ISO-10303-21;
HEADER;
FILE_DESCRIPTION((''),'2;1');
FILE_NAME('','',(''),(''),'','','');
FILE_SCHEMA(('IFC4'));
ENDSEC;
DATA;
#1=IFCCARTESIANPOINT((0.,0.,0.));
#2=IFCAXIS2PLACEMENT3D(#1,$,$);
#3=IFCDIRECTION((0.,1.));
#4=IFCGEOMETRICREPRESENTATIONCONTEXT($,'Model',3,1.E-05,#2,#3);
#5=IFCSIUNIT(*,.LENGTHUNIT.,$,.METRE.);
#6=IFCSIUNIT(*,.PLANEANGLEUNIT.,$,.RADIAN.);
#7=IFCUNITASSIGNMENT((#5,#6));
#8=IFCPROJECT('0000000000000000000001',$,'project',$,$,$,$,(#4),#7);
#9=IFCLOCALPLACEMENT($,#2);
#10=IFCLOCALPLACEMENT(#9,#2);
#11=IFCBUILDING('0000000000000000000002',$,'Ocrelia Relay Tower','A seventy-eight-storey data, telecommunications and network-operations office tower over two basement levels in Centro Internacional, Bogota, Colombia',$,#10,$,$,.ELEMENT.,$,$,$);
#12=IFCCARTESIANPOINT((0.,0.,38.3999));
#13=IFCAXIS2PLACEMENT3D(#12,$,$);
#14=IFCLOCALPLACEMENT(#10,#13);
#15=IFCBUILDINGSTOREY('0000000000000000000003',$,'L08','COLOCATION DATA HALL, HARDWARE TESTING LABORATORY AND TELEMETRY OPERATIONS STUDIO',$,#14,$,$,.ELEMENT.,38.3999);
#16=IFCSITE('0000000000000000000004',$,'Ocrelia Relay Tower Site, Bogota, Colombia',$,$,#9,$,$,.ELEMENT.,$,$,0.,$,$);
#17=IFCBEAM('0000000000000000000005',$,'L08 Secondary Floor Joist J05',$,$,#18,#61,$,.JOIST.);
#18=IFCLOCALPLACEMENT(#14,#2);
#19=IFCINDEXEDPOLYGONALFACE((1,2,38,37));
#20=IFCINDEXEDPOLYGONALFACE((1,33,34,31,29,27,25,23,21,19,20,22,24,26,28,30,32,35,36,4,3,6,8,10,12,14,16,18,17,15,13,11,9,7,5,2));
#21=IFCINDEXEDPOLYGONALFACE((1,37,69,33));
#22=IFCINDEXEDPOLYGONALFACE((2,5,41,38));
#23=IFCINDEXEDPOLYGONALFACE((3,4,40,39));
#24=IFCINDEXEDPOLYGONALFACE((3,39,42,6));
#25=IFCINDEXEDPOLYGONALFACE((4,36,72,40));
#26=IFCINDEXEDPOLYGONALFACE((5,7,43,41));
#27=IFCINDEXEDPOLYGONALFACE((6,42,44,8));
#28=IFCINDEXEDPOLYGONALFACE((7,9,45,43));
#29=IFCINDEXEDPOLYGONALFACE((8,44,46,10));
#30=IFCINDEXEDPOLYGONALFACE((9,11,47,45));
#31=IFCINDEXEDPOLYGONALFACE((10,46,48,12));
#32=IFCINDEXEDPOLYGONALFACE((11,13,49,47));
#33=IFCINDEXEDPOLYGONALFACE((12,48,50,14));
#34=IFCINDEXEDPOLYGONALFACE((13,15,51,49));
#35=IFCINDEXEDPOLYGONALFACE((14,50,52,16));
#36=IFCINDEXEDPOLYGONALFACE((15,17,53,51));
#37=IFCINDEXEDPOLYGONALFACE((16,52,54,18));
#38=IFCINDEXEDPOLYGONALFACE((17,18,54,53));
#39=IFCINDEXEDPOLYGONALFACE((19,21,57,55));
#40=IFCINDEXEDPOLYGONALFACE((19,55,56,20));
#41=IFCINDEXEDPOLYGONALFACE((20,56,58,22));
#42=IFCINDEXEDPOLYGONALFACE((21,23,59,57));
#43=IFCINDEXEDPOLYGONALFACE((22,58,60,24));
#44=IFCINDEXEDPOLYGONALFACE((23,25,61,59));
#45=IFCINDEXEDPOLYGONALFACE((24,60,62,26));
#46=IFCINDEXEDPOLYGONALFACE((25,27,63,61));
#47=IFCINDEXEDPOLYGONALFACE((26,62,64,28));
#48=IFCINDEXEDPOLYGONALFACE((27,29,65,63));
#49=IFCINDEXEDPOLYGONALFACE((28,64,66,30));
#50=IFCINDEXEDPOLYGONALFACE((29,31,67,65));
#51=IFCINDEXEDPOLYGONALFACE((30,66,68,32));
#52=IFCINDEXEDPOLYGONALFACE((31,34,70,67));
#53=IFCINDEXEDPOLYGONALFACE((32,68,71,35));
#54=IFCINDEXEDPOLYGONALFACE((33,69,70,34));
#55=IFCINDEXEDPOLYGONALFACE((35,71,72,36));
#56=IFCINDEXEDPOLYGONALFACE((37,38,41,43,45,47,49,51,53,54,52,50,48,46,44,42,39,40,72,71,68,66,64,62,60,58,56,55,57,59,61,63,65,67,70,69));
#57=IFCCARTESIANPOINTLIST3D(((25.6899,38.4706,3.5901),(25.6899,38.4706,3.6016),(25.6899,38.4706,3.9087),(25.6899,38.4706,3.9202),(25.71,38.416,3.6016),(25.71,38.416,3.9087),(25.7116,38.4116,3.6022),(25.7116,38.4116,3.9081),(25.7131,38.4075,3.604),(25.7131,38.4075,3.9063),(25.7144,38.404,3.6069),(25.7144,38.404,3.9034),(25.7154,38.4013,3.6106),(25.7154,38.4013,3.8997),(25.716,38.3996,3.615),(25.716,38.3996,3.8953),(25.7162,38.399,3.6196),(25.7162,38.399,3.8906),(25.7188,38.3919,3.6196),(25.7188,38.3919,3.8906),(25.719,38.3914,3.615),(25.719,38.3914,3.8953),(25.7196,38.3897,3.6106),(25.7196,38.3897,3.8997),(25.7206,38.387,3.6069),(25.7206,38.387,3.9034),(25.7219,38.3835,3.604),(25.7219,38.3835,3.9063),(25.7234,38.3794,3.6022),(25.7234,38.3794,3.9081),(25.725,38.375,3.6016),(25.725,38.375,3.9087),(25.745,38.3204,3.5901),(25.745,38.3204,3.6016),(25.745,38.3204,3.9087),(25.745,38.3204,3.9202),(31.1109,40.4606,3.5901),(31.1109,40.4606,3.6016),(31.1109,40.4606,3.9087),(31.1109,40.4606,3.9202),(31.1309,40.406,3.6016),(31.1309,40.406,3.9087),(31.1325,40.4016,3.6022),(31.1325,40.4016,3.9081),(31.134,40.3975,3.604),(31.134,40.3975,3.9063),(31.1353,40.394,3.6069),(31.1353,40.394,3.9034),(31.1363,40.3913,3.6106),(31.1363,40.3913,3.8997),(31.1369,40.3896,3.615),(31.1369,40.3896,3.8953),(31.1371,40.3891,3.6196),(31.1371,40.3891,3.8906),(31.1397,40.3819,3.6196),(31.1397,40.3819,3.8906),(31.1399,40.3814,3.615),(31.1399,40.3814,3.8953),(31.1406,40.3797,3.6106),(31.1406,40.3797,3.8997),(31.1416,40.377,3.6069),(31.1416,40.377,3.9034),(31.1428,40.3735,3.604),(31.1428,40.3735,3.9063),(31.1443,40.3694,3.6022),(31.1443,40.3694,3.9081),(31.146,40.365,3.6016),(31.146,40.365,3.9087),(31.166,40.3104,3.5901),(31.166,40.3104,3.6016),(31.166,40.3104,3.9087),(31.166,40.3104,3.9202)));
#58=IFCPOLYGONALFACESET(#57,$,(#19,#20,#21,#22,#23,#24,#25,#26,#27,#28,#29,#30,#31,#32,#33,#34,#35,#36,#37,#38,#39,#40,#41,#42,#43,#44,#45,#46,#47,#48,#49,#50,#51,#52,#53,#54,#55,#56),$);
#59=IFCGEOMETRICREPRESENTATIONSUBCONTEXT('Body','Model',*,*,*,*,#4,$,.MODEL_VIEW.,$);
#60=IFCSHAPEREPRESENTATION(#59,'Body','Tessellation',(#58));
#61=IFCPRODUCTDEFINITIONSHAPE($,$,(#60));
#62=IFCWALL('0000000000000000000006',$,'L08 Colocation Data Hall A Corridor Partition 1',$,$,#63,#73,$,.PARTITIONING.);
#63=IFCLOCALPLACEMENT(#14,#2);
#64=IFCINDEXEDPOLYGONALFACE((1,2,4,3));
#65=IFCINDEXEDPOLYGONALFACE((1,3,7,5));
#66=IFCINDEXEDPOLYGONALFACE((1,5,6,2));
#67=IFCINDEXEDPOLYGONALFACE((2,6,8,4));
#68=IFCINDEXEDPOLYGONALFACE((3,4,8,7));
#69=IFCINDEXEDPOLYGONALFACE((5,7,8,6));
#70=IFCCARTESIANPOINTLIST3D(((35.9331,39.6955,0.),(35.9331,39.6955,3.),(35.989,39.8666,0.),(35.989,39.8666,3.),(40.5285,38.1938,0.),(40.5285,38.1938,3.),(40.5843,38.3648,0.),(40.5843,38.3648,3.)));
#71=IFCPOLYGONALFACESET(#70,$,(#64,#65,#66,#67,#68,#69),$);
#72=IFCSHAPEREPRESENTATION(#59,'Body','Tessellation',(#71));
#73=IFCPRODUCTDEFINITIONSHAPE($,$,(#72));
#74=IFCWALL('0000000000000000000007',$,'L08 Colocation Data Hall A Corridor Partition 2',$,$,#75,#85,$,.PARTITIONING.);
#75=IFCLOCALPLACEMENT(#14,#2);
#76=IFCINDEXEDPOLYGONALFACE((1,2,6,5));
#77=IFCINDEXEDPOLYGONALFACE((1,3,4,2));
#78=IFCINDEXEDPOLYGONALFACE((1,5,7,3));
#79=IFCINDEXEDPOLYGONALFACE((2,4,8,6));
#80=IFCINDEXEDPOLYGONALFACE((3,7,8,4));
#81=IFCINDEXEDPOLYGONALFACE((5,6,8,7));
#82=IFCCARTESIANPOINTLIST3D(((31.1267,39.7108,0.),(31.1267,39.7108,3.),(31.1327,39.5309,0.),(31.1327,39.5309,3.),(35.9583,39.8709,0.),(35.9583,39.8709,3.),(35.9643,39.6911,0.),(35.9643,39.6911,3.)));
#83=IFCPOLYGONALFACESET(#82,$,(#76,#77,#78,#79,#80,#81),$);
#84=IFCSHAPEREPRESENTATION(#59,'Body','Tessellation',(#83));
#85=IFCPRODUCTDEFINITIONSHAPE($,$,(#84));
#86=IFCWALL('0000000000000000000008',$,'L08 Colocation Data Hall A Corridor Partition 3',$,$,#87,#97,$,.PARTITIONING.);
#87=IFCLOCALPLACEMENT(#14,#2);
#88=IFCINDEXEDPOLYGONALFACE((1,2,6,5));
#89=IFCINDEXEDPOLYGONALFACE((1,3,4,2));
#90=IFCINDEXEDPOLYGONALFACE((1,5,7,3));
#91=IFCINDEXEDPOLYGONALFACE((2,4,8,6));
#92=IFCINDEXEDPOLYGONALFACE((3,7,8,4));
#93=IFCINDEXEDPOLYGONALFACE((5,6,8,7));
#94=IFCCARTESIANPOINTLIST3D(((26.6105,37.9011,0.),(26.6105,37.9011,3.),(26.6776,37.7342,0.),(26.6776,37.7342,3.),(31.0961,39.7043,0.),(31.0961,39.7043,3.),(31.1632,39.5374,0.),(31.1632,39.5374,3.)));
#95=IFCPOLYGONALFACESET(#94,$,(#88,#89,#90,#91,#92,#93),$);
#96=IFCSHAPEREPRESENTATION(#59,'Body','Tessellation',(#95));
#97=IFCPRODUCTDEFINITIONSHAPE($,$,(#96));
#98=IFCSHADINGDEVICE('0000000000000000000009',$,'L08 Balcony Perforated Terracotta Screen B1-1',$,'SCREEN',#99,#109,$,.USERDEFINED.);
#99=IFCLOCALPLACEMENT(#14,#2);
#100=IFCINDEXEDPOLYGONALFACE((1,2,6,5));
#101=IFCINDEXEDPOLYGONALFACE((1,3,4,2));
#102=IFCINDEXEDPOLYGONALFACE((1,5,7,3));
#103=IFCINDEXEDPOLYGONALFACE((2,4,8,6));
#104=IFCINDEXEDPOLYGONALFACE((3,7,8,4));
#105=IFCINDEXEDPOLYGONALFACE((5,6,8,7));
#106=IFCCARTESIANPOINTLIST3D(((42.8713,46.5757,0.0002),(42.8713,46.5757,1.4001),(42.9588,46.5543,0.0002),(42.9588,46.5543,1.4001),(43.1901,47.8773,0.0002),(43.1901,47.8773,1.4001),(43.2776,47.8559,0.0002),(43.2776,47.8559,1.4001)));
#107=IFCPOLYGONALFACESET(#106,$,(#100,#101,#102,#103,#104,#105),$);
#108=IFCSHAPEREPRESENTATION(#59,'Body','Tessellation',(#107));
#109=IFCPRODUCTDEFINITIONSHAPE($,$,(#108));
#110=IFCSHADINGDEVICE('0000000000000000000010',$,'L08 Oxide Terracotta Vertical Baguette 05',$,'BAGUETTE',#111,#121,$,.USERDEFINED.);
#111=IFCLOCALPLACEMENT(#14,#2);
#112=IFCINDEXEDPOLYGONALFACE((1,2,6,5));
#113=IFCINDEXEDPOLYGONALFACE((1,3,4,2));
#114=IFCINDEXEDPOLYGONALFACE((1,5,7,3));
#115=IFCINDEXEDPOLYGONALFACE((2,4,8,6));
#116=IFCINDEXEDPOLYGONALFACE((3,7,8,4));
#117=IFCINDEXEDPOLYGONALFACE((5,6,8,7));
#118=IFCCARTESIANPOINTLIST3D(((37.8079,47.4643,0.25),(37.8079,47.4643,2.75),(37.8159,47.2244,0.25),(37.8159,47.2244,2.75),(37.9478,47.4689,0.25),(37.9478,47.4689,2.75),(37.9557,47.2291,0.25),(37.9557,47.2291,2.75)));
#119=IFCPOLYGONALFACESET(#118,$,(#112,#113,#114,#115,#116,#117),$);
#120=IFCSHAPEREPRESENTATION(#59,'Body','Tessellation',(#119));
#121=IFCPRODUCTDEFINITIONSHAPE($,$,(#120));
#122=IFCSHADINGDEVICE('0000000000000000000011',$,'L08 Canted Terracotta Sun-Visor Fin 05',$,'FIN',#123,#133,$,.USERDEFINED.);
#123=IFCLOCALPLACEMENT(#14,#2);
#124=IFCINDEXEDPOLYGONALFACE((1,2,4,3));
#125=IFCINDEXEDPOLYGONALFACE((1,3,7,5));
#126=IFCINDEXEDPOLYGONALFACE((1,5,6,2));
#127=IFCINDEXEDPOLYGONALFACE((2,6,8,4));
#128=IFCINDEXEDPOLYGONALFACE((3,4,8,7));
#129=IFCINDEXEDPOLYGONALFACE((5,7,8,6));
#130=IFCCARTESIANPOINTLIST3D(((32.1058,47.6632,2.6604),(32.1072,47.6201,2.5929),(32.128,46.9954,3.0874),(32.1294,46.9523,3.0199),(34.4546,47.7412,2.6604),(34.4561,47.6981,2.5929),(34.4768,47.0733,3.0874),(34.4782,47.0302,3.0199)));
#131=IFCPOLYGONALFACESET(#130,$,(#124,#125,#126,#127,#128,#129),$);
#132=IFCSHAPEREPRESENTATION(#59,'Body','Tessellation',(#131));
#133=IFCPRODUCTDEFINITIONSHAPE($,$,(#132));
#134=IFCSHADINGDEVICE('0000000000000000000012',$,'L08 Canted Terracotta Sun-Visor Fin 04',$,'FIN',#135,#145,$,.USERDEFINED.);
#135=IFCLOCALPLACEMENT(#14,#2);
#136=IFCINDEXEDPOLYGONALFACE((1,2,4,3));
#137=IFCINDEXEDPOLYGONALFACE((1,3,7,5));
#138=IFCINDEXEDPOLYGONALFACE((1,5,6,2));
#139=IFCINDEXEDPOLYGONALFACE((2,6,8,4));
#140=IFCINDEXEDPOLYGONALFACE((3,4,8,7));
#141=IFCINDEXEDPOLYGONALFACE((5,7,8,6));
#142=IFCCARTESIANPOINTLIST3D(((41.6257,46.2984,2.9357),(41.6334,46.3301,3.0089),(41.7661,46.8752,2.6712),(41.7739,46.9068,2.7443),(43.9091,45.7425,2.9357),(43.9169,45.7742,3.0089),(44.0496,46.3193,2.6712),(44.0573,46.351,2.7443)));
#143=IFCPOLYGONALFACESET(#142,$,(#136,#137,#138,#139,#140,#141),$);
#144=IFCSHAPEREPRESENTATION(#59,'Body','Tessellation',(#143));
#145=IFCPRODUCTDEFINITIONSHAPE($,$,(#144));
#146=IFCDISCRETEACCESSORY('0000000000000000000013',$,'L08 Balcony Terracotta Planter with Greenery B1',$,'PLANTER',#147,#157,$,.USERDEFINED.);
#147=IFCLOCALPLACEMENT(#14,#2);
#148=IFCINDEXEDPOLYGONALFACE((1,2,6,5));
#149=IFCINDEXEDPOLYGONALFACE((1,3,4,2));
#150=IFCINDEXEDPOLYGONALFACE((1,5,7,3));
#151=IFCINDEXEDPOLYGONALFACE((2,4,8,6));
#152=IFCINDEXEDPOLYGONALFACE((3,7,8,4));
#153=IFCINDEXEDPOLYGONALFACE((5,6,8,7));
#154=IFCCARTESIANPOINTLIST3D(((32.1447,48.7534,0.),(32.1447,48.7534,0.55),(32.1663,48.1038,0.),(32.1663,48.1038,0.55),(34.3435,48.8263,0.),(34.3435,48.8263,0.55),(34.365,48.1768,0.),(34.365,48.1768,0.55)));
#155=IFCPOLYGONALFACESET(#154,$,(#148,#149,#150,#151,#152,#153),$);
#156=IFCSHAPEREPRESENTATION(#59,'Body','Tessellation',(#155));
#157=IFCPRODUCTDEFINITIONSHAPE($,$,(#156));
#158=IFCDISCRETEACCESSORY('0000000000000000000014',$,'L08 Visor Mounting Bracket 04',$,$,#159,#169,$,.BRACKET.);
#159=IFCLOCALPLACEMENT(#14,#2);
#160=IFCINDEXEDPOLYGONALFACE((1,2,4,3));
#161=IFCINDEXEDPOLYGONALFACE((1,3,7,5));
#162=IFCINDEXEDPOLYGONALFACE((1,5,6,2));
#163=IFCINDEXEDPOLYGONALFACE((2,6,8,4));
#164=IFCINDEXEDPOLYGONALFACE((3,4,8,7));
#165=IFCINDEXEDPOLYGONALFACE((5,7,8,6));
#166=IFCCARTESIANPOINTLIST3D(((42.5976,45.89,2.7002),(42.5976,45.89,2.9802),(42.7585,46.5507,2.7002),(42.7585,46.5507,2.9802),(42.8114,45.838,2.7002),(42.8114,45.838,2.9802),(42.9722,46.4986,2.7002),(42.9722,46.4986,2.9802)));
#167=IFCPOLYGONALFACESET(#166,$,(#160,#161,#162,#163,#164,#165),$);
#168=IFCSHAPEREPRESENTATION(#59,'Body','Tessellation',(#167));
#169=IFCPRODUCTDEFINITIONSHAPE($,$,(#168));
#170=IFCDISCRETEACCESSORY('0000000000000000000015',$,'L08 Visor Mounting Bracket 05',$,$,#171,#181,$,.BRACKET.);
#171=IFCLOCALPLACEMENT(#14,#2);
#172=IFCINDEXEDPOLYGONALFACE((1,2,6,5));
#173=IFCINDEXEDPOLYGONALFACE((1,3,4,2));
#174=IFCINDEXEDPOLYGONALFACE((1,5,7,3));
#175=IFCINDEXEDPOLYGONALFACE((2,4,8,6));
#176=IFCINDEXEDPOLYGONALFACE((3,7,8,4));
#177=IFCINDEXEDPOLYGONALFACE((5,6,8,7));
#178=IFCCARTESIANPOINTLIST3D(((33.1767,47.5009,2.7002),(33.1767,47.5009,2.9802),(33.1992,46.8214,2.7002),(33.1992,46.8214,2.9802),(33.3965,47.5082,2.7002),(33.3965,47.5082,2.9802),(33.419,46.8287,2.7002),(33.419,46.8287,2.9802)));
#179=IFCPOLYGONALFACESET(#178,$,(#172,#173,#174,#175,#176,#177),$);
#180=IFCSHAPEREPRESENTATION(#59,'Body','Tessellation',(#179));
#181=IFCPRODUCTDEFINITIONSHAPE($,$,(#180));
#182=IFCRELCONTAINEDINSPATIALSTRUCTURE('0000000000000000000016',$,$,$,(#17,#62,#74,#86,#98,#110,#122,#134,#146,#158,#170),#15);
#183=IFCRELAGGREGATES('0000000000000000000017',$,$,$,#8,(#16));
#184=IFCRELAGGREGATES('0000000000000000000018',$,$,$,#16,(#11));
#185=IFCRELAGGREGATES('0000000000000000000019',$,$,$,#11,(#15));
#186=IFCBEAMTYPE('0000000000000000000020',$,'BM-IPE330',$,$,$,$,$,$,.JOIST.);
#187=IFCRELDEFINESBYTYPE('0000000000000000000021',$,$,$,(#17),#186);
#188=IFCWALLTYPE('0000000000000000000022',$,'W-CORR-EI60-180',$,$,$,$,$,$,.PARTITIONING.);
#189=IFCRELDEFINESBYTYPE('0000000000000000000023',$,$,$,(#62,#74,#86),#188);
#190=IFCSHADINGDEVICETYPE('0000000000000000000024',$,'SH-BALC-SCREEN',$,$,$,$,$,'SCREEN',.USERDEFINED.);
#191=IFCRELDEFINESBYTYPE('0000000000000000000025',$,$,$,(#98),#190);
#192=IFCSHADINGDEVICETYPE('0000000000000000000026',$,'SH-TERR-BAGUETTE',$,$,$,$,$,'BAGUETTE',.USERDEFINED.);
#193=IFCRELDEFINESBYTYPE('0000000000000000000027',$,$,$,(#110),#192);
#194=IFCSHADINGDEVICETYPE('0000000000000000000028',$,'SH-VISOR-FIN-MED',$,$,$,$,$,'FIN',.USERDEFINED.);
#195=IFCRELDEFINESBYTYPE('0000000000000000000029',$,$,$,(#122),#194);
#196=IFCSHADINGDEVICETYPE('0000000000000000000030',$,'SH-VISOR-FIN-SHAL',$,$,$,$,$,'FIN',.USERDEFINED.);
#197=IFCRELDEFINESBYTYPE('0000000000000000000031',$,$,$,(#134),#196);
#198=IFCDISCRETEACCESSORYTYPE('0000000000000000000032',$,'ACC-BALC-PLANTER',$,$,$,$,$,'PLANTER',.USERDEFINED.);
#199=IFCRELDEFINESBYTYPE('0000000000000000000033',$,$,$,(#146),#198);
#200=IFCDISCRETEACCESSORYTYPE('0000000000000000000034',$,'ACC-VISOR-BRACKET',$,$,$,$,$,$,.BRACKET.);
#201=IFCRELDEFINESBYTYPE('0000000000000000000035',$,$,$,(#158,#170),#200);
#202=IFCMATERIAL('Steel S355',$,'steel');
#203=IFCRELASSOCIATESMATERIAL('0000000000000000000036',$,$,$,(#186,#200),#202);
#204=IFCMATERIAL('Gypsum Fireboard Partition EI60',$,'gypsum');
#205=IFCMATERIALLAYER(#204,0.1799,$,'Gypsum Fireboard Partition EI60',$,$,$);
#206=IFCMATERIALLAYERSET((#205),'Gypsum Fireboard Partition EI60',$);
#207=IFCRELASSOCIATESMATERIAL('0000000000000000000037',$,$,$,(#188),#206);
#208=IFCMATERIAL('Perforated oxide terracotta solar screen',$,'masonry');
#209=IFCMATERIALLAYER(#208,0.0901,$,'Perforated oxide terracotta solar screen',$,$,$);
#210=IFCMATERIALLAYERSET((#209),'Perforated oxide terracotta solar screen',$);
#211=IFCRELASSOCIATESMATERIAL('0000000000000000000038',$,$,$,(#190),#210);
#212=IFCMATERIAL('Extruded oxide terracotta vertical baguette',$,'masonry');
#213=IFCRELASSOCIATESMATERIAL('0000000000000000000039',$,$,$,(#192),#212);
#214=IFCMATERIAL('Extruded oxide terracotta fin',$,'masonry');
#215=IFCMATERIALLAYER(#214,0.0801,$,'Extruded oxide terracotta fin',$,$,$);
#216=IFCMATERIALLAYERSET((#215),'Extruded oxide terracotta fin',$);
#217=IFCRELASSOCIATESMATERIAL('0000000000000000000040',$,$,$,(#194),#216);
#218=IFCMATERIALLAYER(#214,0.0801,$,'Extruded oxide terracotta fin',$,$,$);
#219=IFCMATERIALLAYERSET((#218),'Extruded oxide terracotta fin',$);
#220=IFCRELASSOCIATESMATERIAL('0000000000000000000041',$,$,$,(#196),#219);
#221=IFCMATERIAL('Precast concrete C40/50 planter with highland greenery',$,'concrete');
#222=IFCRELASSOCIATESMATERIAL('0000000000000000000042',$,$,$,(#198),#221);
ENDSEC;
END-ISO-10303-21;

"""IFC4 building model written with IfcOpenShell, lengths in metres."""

from ifc_helpers import new_model, si_unit, direction, frame, frame_2d, origin, origin_2d, place, context, subcontext, project, spatial, rectangle, i_section, extrude, material, layer, layer_set, material_profile, profile_set, type_object, element, save


model = new_model("IFC4")

# Units and contexts
model_context = context("Model", 3, precision=1e-05, world=origin(), true_north=direction((0.0, 1.0)))
body_context = subcontext(model_context, "Body", "Model", "MODEL_VIEW")
ifc_project = project(units=[si_unit("LENGTHUNIT", "METRE"), si_unit("PLANEANGLEUNIT", "RADIAN")], contexts=[model_context])

# Site, building, storey
site_placement = place(None, origin())
site = spatial("IfcSite", under=ifc_project, at=site_placement, Name="Ocrelia Relay Tower Site, Bogota, Colombia", CompositionType="ELEMENT", RefElevation=0.0)
building_placement = place(site_placement, origin())
building = spatial("IfcBuilding", under=site, at=building_placement, Name="Ocrelia Relay Tower", Description="A seventy-eight-storey data, telecommunications and network-operations office tower over two basement levels in Centro Internacional, Bogota, Colombia", CompositionType="ELEMENT")
storey_placement = place(building_placement, frame((0.0, 0.0, 38.3999)))
storey = spatial("IfcBuildingStorey", under=building, at=storey_placement, Name="L08", Description="COLOCATION DATA HALL, HARDWARE TESTING LABORATORY AND TELEMETRY OPERATIONS STUDIO", CompositionType="ELEMENT", Elevation=38.3999)

# Beam
ifc_material_1 = material(Name="Steel S355", Category="steel")
ifc_material_profile_1 = material_profile(ifc_material_1, i_section(OverallWidth=0.1599, OverallDepth=0.3301, WebThickness=0.0076, FlangeThickness=0.0115, FilletRadius=0.0181, at=origin_2d()), Name="IPE 330")
ifc_profile_set_1 = profile_set([ifc_material_profile_1], Name="Steel S355")
beam_type_1 = type_object("IfcBeamType", Name="BM-IPE330", PredefinedType="JOIST", material=ifc_profile_set_1)
beam_1_placement = place(storey_placement, frame((31.1384, 40.3855, 3.7551), z_axis=(-0.938746, -0.34461, 0.0), x_axis=(0.34461, -0.938746, 0.0)))
element("IfcBeam", 1, at=beam_1_placement, inside=storey, type_object=beam_type_1, Name="L08 Secondary Floor Joist J05", PredefinedType="JOIST", context=body_context, shape_type="SweptSolid", body=[
    extrude(i_section(OverallWidth=0.1599, OverallDepth=0.3301, WebThickness=0.0076, FlangeThickness=0.0115, FilletRadius=0.0181, at=origin_2d()), origin(), (0.0, 0.0, 1.0), 5.7747),
])

# Walls
ifc_material_2 = material(Name="Gypsum Fireboard Partition EI60", Category="gypsum")
ifc_layer_1 = layer(ifc_material_2, 0.1799, Name="Gypsum Fireboard Partition EI60")
ifc_layer_set_1 = layer_set([ifc_layer_1], Name="Gypsum Fireboard Partition EI60")
wall_type_1 = type_object("IfcWallType", Name="W-CORR-EI60-180", PredefinedType="PARTITIONING", material=ifc_layer_set_1)
wall_1_placement = place(storey_placement, frame((40.5564, 38.2793, 0.0), z_axis=(0.0, 0.0, 1.0), x_axis=(-0.95053, 0.310632, 0.0)))
element("IfcWall", 2, at=wall_1_placement, inside=storey, type_object=wall_type_1, Name="L08 Colocation Data Hall A Corridor Partition 1", PredefinedType="PARTITIONING", context=body_context, shape_type="SweptSolid", body=[
    extrude(rectangle(XDim=4.8345, YDim=0.1799, at=frame_2d((2.4172, 0.0))), origin(), (0.0, 0.0, 1.0), 3.0),
])
wall_2_placement = place(storey_placement, frame((35.9612, 39.781, 0.0), z_axis=(0.0, 0.0, 1.0), x_axis=(-0.999451, -0.03313, 0.0)))
element("IfcWall", 3, at=wall_2_placement, inside=storey, type_object=wall_type_1, Name="L08 Colocation Data Hall A Corridor Partition 2", PredefinedType="PARTITIONING", context=body_context, shape_type="SweptSolid", body=[
    extrude(rectangle(XDim=4.8342, YDim=0.1799, at=frame_2d((2.417, 0.0))), origin(), (0.0, 0.0, 1.0), 3.0),
])
wall_3_placement = place(storey_placement, frame((31.1296, 39.6208, 0.0), z_axis=(0.0, 0.0, 1.0), x_axis=(-0.927834, -0.372992, 0.0)))
element("IfcWall", 4, at=wall_3_placement, inside=storey, type_object=wall_type_1, Name="L08 Colocation Data Hall A Corridor Partition 3", PredefinedType="PARTITIONING", context=body_context, shape_type="SweptSolid", body=[
    extrude(rectangle(XDim=4.8345, YDim=0.1799, at=frame_2d((2.4172, 0.0))), origin(), (0.0, 0.0, 1.0), 3.0),
])

# Shading devices
ifc_material_3 = material(Name="Perforated oxide terracotta solar screen", Category="masonry")
ifc_layer_2 = layer(ifc_material_3, 0.0901, Name="Perforated oxide terracotta solar screen")
ifc_layer_set_2 = layer_set([ifc_layer_2], Name="Perforated oxide terracotta solar screen")
shading_device_type_1 = type_object("IfcShadingDeviceType", Name="SH-BALC-SCREEN", ElementType="SCREEN", PredefinedType="USERDEFINED", material=ifc_layer_set_2)
shading_device_1_placement = place(storey_placement, frame((43.0745, 47.2158, 0.0002), z_axis=(0.0, 0.0, 1.0), x_axis=(0.237889, 0.971292, 0.0)))
element("IfcShadingDevice", 5, at=shading_device_1_placement, inside=storey, type_object=shading_device_type_1, Name="L08 Balcony Perforated Terracotta Screen B1-1", ObjectType="SCREEN", PredefinedType="USERDEFINED", context=body_context, shape_type="SweptSolid", body=[
    extrude(rectangle(XDim=1.3401, YDim=0.0901, at=origin_2d()), origin(), (0.0, 0.0, 1.0), 1.3999),
])
ifc_material_4 = material(Name="Extruded oxide terracotta vertical baguette", Category="masonry")
shading_device_type_2 = type_object("IfcShadingDeviceType", Name="SH-TERR-BAGUETTE", ElementType="BAGUETTE", PredefinedType="USERDEFINED", material=ifc_material_4)
shading_device_2_placement = place(storey_placement, frame((37.8818, 47.3467, 0.25), z_axis=(0.0, 0.0, 1.0), x_axis=(-0.99945, -0.033154, 0.0)))
element("IfcShadingDevice", 6, at=shading_device_2_placement, inside=storey, type_object=shading_device_type_2, Name="L08 Oxide Terracotta Vertical Baguette 05", ObjectType="BAGUETTE", PredefinedType="USERDEFINED", context=body_context, shape_type="SweptSolid", body=[
    extrude(rectangle(XDim=0.1399, YDim=0.24, at=origin_2d()), origin(), (0.0, 0.0, 1.0), 2.5),
])
ifc_material_5 = material(Name="Extruded oxide terracotta fin", Category="masonry")
ifc_layer_3 = layer(ifc_material_5, 0.0801, Name="Extruded oxide terracotta fin")
ifc_layer_set_3 = layer_set([ifc_layer_3], Name="Extruded oxide terracotta fin")
shading_device_type_3 = type_object("IfcShadingDeviceType", Name="SH-VISOR-FIN-MED", ElementType="FIN", PredefinedType="USERDEFINED", material=ifc_layer_set_3)
shading_device_3_placement = place(storey_placement, frame((33.2927, 47.3252, 2.8064), z_axis=(-0.017853, 0.538181, 0.84264), x_axis=(-0.99945, -0.033154, 0.0)))
element("IfcShadingDevice", 7, at=shading_device_3_placement, inside=storey, type_object=shading_device_type_3, Name="L08 Canted Terracotta Sun-Visor Fin 05", ObjectType="FIN", PredefinedType="USERDEFINED", context=body_context, shape_type="SweptSolid", body=[
    extrude(rectangle(XDim=2.3501, YDim=0.793, at=origin_2d()), origin(), (0.0, 0.0, 1.0), 0.0801),
])
ifc_layer_4 = layer(ifc_material_5, 0.0801, Name="Extruded oxide terracotta fin")
ifc_layer_set_4 = layer_set([ifc_layer_4], Name="Extruded oxide terracotta fin")
shading_device_type_4 = type_object("IfcShadingDeviceType", Name="SH-VISOR-FIN-SHAL", ElementType="FIN", PredefinedType="USERDEFINED", material=ifc_layer_set_4)
shading_device_4_placement = place(storey_placement, frame((42.8376, 46.3088, 2.8035), z_axis=(0.09628, 0.395505, 0.913403), x_axis=(-0.971625, 0.236528, 0.0)))
element("IfcShadingDevice", 8, at=shading_device_4_placement, inside=storey, type_object=shading_device_type_4, Name="L08 Canted Terracotta Sun-Visor Fin 04", ObjectType="FIN", PredefinedType="USERDEFINED", context=body_context, shape_type="SweptSolid", body=[
    extrude(rectangle(XDim=2.3501, YDim=0.6499, at=origin_2d()), origin(), (0.0, 0.0, 1.0), 0.0801),
])

# Discrete accessories
ifc_material_6 = material(Name="Precast concrete C40/50 planter with highland greenery", Category="concrete")
discrete_accessory_type_1 = type_object("IfcDiscreteAccessoryType", Name="ACC-BALC-PLANTER", ElementType="PLANTER", PredefinedType="USERDEFINED", material=ifc_material_6)
discrete_accessory_placement = place(storey_placement, frame((33.2549, 48.4651, 0.0), z_axis=(0.0, 0.0, 1.0), x_axis=(0.99945, 0.033154, 0.0)))
element("IfcDiscreteAccessory", 9, at=discrete_accessory_placement, inside=storey, type_object=discrete_accessory_type_1, Name="L08 Balcony Terracotta Planter with Greenery B1", ObjectType="PLANTER", PredefinedType="USERDEFINED", context=body_context, shape_type="SweptSolid", body=[
    extrude(rectangle(XDim=2.2, YDim=0.6499, at=origin_2d()), origin(), (0.0, 0.0, 1.0), 0.55),
])
discrete_accessory_type_2 = type_object("IfcDiscreteAccessoryType", Name="ACC-VISOR-BRACKET", PredefinedType="BRACKET", material=ifc_material_1)
for number, where, z_axis, x_axis, name in (
    (10, (42.7849, 46.1943, 2.7002), (0.0, 0.0, 1.0), (-0.971625, 0.236528, 0.0), "L08 Visor Mounting Bracket 04"),
    (11, (33.2979, 47.1648, 2.7002), (0.0, 0.0, 1.0), (-0.99945, -0.033154, 0.0), "L08 Visor Mounting Bracket 05"),
):
    element("IfcDiscreteAccessory", number, at=place(storey_placement, frame(where, z_axis=z_axis, x_axis=x_axis)), inside=storey, type_object=discrete_accessory_type_2, Name=name, PredefinedType="BRACKET", context=body_context, shape_type="SweptSolid", body=[
        extrude(rectangle(XDim=0.22, YDim=0.6799, at=origin_2d()), origin(), (0.0, 0.0, 1.0), 0.28),
    ])

save(model, "model.ifc")
